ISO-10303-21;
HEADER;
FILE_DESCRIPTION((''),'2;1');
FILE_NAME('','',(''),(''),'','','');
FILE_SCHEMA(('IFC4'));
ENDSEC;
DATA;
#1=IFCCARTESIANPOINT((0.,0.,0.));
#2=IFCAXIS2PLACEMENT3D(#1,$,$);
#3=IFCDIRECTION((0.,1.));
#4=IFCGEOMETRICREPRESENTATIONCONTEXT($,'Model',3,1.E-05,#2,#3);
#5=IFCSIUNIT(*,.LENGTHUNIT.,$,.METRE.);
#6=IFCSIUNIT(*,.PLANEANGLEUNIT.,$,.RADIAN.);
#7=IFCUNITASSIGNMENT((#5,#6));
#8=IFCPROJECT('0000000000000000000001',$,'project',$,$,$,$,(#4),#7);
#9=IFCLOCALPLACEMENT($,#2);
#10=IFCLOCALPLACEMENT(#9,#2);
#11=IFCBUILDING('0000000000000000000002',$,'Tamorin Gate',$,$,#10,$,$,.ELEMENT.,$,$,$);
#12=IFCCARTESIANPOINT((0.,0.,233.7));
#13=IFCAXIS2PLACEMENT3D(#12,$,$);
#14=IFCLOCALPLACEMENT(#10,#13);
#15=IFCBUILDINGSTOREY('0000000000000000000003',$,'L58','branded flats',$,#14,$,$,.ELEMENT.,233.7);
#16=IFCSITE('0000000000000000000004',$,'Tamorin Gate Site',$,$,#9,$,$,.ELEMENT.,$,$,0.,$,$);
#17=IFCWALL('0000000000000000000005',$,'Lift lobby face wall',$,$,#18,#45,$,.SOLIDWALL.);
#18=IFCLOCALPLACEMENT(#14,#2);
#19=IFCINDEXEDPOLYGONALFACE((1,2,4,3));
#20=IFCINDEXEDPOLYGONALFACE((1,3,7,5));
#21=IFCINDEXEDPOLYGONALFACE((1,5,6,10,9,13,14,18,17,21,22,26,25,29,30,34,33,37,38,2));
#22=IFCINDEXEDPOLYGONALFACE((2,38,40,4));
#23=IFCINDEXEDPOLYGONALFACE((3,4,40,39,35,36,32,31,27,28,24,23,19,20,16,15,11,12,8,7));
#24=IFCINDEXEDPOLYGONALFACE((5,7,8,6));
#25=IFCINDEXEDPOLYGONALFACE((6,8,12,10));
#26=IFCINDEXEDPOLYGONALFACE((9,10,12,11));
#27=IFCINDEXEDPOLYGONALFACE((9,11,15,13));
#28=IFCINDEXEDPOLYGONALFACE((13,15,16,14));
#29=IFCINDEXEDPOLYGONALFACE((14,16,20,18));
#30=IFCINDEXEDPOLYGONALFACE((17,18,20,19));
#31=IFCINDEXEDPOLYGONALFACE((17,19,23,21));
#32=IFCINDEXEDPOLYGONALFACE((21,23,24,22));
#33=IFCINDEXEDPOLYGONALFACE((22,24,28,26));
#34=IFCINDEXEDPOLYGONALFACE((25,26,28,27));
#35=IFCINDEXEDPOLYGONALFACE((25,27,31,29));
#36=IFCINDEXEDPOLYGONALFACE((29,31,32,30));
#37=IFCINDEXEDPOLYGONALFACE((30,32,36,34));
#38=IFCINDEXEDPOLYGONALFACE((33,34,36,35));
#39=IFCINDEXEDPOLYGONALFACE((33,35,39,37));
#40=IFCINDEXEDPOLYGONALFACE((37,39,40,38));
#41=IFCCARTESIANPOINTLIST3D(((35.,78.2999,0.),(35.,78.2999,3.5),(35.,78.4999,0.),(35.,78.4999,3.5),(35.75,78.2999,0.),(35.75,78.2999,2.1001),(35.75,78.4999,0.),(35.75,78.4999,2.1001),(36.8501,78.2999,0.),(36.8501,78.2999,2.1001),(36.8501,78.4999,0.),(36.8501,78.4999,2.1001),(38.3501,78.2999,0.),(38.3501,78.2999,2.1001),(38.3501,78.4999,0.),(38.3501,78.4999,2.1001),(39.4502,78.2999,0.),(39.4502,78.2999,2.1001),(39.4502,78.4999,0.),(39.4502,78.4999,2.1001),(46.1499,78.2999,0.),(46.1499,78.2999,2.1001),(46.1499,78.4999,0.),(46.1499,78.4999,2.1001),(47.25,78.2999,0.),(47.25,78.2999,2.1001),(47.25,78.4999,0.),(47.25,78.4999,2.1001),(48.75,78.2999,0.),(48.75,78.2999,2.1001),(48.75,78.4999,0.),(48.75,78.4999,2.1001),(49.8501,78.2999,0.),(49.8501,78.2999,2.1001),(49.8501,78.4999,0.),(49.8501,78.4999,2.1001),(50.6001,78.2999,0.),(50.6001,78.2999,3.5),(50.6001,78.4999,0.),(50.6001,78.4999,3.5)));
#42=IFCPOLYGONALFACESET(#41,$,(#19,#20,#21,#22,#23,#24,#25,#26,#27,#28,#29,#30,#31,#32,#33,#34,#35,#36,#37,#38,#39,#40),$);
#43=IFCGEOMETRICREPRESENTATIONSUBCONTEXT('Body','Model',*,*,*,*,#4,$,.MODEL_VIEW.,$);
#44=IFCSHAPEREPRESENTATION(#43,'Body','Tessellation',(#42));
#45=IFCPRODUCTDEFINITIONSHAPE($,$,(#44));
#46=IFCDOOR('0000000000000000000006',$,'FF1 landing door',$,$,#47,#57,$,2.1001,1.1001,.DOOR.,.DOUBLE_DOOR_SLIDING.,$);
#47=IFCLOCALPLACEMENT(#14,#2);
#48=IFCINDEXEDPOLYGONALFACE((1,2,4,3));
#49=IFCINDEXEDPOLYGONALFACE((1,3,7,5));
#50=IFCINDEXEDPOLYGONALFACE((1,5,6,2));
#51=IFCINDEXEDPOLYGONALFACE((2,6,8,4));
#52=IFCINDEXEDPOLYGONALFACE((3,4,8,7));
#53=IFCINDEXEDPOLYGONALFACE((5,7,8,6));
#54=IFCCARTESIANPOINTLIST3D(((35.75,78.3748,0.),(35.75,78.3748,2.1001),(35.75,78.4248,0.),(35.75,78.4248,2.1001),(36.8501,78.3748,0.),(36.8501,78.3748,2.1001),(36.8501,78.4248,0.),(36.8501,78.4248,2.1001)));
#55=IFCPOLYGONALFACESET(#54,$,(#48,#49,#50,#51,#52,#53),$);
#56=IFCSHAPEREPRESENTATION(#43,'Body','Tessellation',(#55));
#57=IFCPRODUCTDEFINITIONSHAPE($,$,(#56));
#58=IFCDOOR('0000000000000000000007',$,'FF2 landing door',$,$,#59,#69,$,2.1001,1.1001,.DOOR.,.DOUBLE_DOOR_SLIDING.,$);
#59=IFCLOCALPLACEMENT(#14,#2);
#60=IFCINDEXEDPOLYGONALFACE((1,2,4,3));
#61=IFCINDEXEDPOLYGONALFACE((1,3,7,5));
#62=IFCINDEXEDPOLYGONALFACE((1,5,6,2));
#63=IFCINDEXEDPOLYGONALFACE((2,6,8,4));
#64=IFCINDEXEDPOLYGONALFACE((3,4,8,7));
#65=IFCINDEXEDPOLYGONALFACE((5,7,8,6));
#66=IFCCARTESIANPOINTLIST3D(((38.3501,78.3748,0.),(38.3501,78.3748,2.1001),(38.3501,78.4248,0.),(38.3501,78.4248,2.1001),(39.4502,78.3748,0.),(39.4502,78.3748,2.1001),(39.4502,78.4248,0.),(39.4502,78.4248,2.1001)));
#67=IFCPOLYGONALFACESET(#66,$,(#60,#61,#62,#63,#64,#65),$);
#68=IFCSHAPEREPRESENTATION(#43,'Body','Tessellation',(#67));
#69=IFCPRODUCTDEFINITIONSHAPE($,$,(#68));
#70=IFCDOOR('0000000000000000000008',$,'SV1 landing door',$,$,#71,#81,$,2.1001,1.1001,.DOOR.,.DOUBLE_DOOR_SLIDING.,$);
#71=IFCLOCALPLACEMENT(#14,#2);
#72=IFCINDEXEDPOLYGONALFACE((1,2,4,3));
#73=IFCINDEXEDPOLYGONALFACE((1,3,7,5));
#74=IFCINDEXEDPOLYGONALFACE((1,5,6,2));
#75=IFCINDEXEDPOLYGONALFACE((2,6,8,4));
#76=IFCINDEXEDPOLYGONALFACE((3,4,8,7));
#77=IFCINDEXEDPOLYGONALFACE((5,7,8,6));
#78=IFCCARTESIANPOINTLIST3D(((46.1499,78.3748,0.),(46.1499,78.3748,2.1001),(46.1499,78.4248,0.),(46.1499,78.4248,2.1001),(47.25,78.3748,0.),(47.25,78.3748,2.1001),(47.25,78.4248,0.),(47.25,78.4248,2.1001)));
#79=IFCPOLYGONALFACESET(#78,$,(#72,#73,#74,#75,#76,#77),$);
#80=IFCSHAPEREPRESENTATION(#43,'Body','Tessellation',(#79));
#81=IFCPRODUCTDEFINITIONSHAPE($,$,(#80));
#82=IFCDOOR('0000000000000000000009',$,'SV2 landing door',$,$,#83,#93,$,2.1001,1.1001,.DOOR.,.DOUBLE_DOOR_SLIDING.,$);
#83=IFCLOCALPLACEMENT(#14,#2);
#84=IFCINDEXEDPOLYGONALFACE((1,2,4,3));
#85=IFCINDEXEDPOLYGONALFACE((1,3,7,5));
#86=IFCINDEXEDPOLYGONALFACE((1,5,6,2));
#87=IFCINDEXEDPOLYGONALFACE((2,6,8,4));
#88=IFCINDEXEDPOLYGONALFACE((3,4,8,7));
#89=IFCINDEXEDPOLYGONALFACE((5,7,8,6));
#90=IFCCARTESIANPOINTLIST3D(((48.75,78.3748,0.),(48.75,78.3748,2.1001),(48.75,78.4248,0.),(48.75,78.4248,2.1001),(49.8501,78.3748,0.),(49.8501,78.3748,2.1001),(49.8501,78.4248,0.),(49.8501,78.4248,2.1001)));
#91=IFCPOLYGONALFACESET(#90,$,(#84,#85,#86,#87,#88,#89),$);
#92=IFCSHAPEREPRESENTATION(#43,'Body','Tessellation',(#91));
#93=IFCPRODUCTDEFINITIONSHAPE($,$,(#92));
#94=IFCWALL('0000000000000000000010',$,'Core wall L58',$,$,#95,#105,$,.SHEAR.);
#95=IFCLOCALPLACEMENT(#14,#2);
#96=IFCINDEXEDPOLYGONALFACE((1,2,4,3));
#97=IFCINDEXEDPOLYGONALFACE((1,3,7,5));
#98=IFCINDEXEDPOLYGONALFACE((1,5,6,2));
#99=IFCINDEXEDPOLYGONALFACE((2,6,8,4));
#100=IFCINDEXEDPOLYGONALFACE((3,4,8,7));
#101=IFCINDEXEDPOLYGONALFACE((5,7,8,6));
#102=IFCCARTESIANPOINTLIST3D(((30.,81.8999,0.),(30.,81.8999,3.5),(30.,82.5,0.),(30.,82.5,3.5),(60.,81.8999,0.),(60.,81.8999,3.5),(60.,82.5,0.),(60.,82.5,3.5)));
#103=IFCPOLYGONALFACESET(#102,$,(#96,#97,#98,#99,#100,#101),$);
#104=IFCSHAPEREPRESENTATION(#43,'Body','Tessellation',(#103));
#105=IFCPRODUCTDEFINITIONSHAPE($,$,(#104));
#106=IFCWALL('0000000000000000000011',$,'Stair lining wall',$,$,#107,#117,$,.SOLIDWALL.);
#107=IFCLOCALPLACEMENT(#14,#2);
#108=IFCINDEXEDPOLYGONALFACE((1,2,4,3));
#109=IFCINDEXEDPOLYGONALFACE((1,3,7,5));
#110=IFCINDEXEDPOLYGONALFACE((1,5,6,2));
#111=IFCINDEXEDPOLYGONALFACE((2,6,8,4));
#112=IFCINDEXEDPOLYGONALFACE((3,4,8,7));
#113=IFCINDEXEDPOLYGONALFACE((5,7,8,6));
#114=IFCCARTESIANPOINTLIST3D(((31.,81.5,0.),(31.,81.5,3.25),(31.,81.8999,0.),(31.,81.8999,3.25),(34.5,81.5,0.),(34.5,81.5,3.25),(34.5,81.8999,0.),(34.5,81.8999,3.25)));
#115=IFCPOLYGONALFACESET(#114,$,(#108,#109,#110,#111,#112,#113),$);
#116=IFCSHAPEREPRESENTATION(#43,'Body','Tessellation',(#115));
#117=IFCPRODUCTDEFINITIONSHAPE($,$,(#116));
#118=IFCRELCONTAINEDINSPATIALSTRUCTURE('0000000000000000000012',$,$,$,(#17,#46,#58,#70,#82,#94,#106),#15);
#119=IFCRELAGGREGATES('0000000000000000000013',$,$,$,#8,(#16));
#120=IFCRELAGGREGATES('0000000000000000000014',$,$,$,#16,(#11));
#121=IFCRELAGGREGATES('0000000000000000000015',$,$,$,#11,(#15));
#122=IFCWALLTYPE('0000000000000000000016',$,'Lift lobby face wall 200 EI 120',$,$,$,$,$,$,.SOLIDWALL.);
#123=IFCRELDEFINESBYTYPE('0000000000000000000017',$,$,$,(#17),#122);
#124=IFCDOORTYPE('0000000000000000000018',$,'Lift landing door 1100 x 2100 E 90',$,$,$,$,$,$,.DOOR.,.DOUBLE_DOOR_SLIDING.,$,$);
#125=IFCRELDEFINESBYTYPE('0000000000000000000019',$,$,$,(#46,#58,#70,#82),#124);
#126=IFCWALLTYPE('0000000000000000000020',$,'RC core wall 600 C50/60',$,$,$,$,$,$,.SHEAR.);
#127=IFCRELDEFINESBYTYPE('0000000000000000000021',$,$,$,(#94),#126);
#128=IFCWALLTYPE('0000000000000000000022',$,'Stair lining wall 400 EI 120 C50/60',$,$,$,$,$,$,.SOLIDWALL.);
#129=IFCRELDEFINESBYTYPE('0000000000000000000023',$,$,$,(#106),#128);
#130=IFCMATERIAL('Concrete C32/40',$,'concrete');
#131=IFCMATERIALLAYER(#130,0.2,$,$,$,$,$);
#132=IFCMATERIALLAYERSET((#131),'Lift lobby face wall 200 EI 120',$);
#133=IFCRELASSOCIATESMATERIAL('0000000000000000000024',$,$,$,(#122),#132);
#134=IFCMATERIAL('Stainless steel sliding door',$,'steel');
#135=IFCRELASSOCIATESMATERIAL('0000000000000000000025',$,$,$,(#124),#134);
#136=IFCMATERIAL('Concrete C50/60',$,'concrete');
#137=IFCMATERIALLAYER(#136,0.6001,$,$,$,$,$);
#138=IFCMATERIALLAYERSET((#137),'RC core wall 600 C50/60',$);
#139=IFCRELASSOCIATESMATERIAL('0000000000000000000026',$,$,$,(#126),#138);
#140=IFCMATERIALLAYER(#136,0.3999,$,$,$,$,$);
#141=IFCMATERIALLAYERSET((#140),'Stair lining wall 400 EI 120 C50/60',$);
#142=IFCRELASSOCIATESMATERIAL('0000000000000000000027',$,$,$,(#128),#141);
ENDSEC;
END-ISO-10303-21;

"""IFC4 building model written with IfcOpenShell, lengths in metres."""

from ifc_helpers import new_model, si_unit, direction, frame, frame_2d, origin, place, context, subcontext, project, spatial, rectangle, extrude, material, layer, layer_set, type_object, element, fill, save


model = new_model("IFC4")

# Units and contexts
model_context = context("Model", 3, precision=1e-05, world=origin(), true_north=direction((0.0, 1.0)))
body_context = subcontext(model_context, "Body", "Model", "MODEL_VIEW")
ifc_project = project(units=[si_unit("LENGTHUNIT", "METRE"), si_unit("PLANEANGLEUNIT", "RADIAN")], contexts=[model_context])

# Site, building, storey
site_placement = place(None, origin())
site = spatial("IfcSite", under=ifc_project, at=site_placement, Name="Tamorin Gate Site", CompositionType="ELEMENT", RefElevation=0.0)
building_placement = place(site_placement, origin())
building = spatial("IfcBuilding", under=site, at=building_placement, Name="Tamorin Gate", CompositionType="ELEMENT")
storey_placement = place(building_placement, frame((0.0, 0.0, 233.7)))
storey = spatial("IfcBuildingStorey", under=building, at=storey_placement, Name="L58", Description="branded flats", CompositionType="ELEMENT", Elevation=233.7)

# Wall, openings, doors
ifc_material_1 = material(Name="Concrete C32/40", Category="concrete")
ifc_layer_1 = layer(ifc_material_1, 0.2)
ifc_layer_set_1 = layer_set([ifc_layer_1], Name="Lift lobby face wall 200 EI 120")
wall_type_1 = type_object("IfcWallType", Name="Lift lobby face wall 200 EI 120", PredefinedType="SOLIDWALL", material=ifc_layer_set_1)
wall_1_placement = place(storey_placement, frame((35.0, 78.3999, 0.0), z_axis=(0.0, 0.0, 1.0), x_axis=(1.0, 0.0, 0.0)))
wall_1 = element("IfcWall", 1, at=wall_1_placement, inside=storey, type_object=wall_type_1, Name="Lift lobby face wall", PredefinedType="SOLIDWALL", context=body_context, shape_type="SweptSolid", body=[
    extrude(rectangle(XDim=15.6001, YDim=0.2, at=frame_2d((7.8, 0.0))), origin(), (0.0, 0.0, 1.0), 3.5),
])
opening_1_placement = place(wall_1_placement, frame((0.75, 0.0, 0.0)))
opening_1 = element("IfcOpeningElement", 2, at=opening_1_placement, cuts=wall_1, PredefinedType="OPENING", context=body_context, shape_type="SweptSolid", body=[
    extrude(rectangle(XDim=1.1001, YDim=2.1001, at=frame_2d((0.55, 1.05))), frame((0.0, 0.1099, 0.0), z_axis=(0.0, -1.0, 0.0), x_axis=(1.0, 0.0, 0.0)), (0.0, 0.0, 1.0), 0.22),
])
opening_2_placement = place(wall_1_placement, frame((3.3501, 0.0, 0.0)))
opening_2 = element("IfcOpeningElement", 3, at=opening_2_placement, cuts=wall_1, PredefinedType="OPENING", context=body_context, shape_type="SweptSolid", body=[
    extrude(rectangle(XDim=1.1001, YDim=2.1001, at=frame_2d((0.55, 1.05))), frame((0.0, 0.1099, 0.0), z_axis=(0.0, -1.0, 0.0), x_axis=(1.0, 0.0, 0.0)), (0.0, 0.0, 1.0), 0.22),
])
opening_3_placement = place(wall_1_placement, frame((11.1499, 0.0, 0.0)))
opening_3 = element("IfcOpeningElement", 4, at=opening_3_placement, cuts=wall_1, PredefinedType="OPENING", context=body_context, shape_type="SweptSolid", body=[
    extrude(rectangle(XDim=1.1001, YDim=2.1001, at=frame_2d((0.55, 1.05))), frame((0.0, 0.1099, 0.0), z_axis=(0.0, -1.0, 0.0), x_axis=(1.0, 0.0, 0.0)), (0.0, 0.0, 1.0), 0.22),
])
opening_4_placement = place(wall_1_placement, frame((13.75, 0.0, 0.0)))
opening_4 = element("IfcOpeningElement", 5, at=opening_4_placement, cuts=wall_1, PredefinedType="OPENING", context=body_context, shape_type="SweptSolid", body=[
    extrude(rectangle(XDim=1.1001, YDim=2.1001, at=frame_2d((0.55, 1.05))), frame((0.0, 0.1099, 0.0), z_axis=(0.0, -1.0, 0.0), x_axis=(1.0, 0.0, 0.0)), (0.0, 0.0, 1.0), 0.22),
])
ifc_material_2 = material(Name="Stainless steel sliding door", Category="steel")
door_type_1 = type_object("IfcDoorType", Name="Lift landing door 1100 x 2100 E 90", OperationType="DOUBLE_DOOR_SLIDING", PredefinedType="DOOR", material=ifc_material_2)
door_1_placement = place(opening_1_placement, origin())
door_1 = element("IfcDoor", 6, at=door_1_placement, inside=storey, type_object=door_type_1, Name="FF1 landing door", OperationType="DOUBLE_DOOR_SLIDING", OverallHeight=2.1001, OverallWidth=1.1001, PredefinedType="DOOR", context=body_context, shape_type="SweptSolid", body=[
    extrude(rectangle(XDim=1.1001, YDim=2.1001, at=frame_2d((0.55, 1.05))), frame((0.0, 0.0249, 0.0), z_axis=(0.0, -1.0, 0.0), x_axis=(1.0, 0.0, 0.0)), (0.0, 0.0, 1.0), 0.05),
])
fill(opening_1, door_1)
door_2_placement = place(opening_2_placement, origin())
door_2 = element("IfcDoor", 7, at=door_2_placement, inside=storey, type_object=door_type_1, Name="FF2 landing door", OperationType="DOUBLE_DOOR_SLIDING", OverallHeight=2.1001, OverallWidth=1.1001, PredefinedType="DOOR", context=body_context, shape_type="SweptSolid", body=[
    extrude(rectangle(XDim=1.1001, YDim=2.1001, at=frame_2d((0.55, 1.05))), frame((0.0, 0.0249, 0.0), z_axis=(0.0, -1.0, 0.0), x_axis=(1.0, 0.0, 0.0)), (0.0, 0.0, 1.0), 0.05),
])
fill(opening_2, door_2)
door_3_placement = place(opening_3_placement, origin())
door_3 = element("IfcDoor", 8, at=door_3_placement, inside=storey, type_object=door_type_1, Name="SV1 landing door", OperationType="DOUBLE_DOOR_SLIDING", OverallHeight=2.1001, OverallWidth=1.1001, PredefinedType="DOOR", context=body_context, shape_type="SweptSolid", body=[
    extrude(rectangle(XDim=1.1001, YDim=2.1001, at=frame_2d((0.55, 1.05))), frame((0.0, 0.0249, 0.0), z_axis=(0.0, -1.0, 0.0), x_axis=(1.0, 0.0, 0.0)), (0.0, 0.0, 1.0), 0.05),
])
fill(opening_3, door_3)
door_4_placement = place(opening_4_placement, origin())
door_4 = element("IfcDoor", 9, at=door_4_placement, inside=storey, type_object=door_type_1, Name="SV2 landing door", OperationType="DOUBLE_DOOR_SLIDING", OverallHeight=2.1001, OverallWidth=1.1001, PredefinedType="DOOR", context=body_context, shape_type="SweptSolid", body=[
    extrude(rectangle(XDim=1.1001, YDim=2.1001, at=frame_2d((0.55, 1.05))), frame((0.0, 0.0249, 0.0), z_axis=(0.0, -1.0, 0.0), x_axis=(1.0, 0.0, 0.0)), (0.0, 0.0, 1.0), 0.05),
])
fill(opening_4, door_4)

# Walls
ifc_material_3 = material(Name="Concrete C50/60", Category="concrete")
ifc_layer_2 = layer(ifc_material_3, 0.6001)
ifc_layer_set_2 = layer_set([ifc_layer_2], Name="RC core wall 600 C50/60")
wall_type_2 = type_object("IfcWallType", Name="RC core wall 600 C50/60", PredefinedType="SHEAR", material=ifc_layer_set_2)
wall_2_placement = place(storey_placement, frame((30.0, 82.2, 0.0), z_axis=(0.0, 0.0, 1.0), x_axis=(1.0, 0.0, 0.0)))
element("IfcWall", 10, at=wall_2_placement, inside=storey, type_object=wall_type_2, Name="Core wall L58", PredefinedType="SHEAR", context=body_context, shape_type="SweptSolid", body=[
    extrude(rectangle(XDim=30.0, YDim=0.6001, at=frame_2d((15.0, 0.0))), origin(), (0.0, 0.0, 1.0), 3.5),
])
ifc_layer_3 = layer(ifc_material_3, 0.3999)
ifc_layer_set_3 = layer_set([ifc_layer_3], Name="Stair lining wall 400 EI 120 C50/60")
wall_type_3 = type_object("IfcWallType", Name="Stair lining wall 400 EI 120 C50/60", PredefinedType="SOLIDWALL", material=ifc_layer_set_3)
wall_3_placement = place(storey_placement, frame((31.0, 81.7, 0.0), z_axis=(0.0, 0.0, 1.0), x_axis=(1.0, 0.0, 0.0)))
element("IfcWall", 11, at=wall_3_placement, inside=storey, type_object=wall_type_3, Name="Stair lining wall", PredefinedType="SOLIDWALL", context=body_context, shape_type="SweptSolid", body=[
    extrude(rectangle(XDim=3.5, YDim=0.3999, at=frame_2d((1.75, 0.0))), origin(), (0.0, 0.0, 1.0), 3.25),
])

save(model, "model.ifc")
